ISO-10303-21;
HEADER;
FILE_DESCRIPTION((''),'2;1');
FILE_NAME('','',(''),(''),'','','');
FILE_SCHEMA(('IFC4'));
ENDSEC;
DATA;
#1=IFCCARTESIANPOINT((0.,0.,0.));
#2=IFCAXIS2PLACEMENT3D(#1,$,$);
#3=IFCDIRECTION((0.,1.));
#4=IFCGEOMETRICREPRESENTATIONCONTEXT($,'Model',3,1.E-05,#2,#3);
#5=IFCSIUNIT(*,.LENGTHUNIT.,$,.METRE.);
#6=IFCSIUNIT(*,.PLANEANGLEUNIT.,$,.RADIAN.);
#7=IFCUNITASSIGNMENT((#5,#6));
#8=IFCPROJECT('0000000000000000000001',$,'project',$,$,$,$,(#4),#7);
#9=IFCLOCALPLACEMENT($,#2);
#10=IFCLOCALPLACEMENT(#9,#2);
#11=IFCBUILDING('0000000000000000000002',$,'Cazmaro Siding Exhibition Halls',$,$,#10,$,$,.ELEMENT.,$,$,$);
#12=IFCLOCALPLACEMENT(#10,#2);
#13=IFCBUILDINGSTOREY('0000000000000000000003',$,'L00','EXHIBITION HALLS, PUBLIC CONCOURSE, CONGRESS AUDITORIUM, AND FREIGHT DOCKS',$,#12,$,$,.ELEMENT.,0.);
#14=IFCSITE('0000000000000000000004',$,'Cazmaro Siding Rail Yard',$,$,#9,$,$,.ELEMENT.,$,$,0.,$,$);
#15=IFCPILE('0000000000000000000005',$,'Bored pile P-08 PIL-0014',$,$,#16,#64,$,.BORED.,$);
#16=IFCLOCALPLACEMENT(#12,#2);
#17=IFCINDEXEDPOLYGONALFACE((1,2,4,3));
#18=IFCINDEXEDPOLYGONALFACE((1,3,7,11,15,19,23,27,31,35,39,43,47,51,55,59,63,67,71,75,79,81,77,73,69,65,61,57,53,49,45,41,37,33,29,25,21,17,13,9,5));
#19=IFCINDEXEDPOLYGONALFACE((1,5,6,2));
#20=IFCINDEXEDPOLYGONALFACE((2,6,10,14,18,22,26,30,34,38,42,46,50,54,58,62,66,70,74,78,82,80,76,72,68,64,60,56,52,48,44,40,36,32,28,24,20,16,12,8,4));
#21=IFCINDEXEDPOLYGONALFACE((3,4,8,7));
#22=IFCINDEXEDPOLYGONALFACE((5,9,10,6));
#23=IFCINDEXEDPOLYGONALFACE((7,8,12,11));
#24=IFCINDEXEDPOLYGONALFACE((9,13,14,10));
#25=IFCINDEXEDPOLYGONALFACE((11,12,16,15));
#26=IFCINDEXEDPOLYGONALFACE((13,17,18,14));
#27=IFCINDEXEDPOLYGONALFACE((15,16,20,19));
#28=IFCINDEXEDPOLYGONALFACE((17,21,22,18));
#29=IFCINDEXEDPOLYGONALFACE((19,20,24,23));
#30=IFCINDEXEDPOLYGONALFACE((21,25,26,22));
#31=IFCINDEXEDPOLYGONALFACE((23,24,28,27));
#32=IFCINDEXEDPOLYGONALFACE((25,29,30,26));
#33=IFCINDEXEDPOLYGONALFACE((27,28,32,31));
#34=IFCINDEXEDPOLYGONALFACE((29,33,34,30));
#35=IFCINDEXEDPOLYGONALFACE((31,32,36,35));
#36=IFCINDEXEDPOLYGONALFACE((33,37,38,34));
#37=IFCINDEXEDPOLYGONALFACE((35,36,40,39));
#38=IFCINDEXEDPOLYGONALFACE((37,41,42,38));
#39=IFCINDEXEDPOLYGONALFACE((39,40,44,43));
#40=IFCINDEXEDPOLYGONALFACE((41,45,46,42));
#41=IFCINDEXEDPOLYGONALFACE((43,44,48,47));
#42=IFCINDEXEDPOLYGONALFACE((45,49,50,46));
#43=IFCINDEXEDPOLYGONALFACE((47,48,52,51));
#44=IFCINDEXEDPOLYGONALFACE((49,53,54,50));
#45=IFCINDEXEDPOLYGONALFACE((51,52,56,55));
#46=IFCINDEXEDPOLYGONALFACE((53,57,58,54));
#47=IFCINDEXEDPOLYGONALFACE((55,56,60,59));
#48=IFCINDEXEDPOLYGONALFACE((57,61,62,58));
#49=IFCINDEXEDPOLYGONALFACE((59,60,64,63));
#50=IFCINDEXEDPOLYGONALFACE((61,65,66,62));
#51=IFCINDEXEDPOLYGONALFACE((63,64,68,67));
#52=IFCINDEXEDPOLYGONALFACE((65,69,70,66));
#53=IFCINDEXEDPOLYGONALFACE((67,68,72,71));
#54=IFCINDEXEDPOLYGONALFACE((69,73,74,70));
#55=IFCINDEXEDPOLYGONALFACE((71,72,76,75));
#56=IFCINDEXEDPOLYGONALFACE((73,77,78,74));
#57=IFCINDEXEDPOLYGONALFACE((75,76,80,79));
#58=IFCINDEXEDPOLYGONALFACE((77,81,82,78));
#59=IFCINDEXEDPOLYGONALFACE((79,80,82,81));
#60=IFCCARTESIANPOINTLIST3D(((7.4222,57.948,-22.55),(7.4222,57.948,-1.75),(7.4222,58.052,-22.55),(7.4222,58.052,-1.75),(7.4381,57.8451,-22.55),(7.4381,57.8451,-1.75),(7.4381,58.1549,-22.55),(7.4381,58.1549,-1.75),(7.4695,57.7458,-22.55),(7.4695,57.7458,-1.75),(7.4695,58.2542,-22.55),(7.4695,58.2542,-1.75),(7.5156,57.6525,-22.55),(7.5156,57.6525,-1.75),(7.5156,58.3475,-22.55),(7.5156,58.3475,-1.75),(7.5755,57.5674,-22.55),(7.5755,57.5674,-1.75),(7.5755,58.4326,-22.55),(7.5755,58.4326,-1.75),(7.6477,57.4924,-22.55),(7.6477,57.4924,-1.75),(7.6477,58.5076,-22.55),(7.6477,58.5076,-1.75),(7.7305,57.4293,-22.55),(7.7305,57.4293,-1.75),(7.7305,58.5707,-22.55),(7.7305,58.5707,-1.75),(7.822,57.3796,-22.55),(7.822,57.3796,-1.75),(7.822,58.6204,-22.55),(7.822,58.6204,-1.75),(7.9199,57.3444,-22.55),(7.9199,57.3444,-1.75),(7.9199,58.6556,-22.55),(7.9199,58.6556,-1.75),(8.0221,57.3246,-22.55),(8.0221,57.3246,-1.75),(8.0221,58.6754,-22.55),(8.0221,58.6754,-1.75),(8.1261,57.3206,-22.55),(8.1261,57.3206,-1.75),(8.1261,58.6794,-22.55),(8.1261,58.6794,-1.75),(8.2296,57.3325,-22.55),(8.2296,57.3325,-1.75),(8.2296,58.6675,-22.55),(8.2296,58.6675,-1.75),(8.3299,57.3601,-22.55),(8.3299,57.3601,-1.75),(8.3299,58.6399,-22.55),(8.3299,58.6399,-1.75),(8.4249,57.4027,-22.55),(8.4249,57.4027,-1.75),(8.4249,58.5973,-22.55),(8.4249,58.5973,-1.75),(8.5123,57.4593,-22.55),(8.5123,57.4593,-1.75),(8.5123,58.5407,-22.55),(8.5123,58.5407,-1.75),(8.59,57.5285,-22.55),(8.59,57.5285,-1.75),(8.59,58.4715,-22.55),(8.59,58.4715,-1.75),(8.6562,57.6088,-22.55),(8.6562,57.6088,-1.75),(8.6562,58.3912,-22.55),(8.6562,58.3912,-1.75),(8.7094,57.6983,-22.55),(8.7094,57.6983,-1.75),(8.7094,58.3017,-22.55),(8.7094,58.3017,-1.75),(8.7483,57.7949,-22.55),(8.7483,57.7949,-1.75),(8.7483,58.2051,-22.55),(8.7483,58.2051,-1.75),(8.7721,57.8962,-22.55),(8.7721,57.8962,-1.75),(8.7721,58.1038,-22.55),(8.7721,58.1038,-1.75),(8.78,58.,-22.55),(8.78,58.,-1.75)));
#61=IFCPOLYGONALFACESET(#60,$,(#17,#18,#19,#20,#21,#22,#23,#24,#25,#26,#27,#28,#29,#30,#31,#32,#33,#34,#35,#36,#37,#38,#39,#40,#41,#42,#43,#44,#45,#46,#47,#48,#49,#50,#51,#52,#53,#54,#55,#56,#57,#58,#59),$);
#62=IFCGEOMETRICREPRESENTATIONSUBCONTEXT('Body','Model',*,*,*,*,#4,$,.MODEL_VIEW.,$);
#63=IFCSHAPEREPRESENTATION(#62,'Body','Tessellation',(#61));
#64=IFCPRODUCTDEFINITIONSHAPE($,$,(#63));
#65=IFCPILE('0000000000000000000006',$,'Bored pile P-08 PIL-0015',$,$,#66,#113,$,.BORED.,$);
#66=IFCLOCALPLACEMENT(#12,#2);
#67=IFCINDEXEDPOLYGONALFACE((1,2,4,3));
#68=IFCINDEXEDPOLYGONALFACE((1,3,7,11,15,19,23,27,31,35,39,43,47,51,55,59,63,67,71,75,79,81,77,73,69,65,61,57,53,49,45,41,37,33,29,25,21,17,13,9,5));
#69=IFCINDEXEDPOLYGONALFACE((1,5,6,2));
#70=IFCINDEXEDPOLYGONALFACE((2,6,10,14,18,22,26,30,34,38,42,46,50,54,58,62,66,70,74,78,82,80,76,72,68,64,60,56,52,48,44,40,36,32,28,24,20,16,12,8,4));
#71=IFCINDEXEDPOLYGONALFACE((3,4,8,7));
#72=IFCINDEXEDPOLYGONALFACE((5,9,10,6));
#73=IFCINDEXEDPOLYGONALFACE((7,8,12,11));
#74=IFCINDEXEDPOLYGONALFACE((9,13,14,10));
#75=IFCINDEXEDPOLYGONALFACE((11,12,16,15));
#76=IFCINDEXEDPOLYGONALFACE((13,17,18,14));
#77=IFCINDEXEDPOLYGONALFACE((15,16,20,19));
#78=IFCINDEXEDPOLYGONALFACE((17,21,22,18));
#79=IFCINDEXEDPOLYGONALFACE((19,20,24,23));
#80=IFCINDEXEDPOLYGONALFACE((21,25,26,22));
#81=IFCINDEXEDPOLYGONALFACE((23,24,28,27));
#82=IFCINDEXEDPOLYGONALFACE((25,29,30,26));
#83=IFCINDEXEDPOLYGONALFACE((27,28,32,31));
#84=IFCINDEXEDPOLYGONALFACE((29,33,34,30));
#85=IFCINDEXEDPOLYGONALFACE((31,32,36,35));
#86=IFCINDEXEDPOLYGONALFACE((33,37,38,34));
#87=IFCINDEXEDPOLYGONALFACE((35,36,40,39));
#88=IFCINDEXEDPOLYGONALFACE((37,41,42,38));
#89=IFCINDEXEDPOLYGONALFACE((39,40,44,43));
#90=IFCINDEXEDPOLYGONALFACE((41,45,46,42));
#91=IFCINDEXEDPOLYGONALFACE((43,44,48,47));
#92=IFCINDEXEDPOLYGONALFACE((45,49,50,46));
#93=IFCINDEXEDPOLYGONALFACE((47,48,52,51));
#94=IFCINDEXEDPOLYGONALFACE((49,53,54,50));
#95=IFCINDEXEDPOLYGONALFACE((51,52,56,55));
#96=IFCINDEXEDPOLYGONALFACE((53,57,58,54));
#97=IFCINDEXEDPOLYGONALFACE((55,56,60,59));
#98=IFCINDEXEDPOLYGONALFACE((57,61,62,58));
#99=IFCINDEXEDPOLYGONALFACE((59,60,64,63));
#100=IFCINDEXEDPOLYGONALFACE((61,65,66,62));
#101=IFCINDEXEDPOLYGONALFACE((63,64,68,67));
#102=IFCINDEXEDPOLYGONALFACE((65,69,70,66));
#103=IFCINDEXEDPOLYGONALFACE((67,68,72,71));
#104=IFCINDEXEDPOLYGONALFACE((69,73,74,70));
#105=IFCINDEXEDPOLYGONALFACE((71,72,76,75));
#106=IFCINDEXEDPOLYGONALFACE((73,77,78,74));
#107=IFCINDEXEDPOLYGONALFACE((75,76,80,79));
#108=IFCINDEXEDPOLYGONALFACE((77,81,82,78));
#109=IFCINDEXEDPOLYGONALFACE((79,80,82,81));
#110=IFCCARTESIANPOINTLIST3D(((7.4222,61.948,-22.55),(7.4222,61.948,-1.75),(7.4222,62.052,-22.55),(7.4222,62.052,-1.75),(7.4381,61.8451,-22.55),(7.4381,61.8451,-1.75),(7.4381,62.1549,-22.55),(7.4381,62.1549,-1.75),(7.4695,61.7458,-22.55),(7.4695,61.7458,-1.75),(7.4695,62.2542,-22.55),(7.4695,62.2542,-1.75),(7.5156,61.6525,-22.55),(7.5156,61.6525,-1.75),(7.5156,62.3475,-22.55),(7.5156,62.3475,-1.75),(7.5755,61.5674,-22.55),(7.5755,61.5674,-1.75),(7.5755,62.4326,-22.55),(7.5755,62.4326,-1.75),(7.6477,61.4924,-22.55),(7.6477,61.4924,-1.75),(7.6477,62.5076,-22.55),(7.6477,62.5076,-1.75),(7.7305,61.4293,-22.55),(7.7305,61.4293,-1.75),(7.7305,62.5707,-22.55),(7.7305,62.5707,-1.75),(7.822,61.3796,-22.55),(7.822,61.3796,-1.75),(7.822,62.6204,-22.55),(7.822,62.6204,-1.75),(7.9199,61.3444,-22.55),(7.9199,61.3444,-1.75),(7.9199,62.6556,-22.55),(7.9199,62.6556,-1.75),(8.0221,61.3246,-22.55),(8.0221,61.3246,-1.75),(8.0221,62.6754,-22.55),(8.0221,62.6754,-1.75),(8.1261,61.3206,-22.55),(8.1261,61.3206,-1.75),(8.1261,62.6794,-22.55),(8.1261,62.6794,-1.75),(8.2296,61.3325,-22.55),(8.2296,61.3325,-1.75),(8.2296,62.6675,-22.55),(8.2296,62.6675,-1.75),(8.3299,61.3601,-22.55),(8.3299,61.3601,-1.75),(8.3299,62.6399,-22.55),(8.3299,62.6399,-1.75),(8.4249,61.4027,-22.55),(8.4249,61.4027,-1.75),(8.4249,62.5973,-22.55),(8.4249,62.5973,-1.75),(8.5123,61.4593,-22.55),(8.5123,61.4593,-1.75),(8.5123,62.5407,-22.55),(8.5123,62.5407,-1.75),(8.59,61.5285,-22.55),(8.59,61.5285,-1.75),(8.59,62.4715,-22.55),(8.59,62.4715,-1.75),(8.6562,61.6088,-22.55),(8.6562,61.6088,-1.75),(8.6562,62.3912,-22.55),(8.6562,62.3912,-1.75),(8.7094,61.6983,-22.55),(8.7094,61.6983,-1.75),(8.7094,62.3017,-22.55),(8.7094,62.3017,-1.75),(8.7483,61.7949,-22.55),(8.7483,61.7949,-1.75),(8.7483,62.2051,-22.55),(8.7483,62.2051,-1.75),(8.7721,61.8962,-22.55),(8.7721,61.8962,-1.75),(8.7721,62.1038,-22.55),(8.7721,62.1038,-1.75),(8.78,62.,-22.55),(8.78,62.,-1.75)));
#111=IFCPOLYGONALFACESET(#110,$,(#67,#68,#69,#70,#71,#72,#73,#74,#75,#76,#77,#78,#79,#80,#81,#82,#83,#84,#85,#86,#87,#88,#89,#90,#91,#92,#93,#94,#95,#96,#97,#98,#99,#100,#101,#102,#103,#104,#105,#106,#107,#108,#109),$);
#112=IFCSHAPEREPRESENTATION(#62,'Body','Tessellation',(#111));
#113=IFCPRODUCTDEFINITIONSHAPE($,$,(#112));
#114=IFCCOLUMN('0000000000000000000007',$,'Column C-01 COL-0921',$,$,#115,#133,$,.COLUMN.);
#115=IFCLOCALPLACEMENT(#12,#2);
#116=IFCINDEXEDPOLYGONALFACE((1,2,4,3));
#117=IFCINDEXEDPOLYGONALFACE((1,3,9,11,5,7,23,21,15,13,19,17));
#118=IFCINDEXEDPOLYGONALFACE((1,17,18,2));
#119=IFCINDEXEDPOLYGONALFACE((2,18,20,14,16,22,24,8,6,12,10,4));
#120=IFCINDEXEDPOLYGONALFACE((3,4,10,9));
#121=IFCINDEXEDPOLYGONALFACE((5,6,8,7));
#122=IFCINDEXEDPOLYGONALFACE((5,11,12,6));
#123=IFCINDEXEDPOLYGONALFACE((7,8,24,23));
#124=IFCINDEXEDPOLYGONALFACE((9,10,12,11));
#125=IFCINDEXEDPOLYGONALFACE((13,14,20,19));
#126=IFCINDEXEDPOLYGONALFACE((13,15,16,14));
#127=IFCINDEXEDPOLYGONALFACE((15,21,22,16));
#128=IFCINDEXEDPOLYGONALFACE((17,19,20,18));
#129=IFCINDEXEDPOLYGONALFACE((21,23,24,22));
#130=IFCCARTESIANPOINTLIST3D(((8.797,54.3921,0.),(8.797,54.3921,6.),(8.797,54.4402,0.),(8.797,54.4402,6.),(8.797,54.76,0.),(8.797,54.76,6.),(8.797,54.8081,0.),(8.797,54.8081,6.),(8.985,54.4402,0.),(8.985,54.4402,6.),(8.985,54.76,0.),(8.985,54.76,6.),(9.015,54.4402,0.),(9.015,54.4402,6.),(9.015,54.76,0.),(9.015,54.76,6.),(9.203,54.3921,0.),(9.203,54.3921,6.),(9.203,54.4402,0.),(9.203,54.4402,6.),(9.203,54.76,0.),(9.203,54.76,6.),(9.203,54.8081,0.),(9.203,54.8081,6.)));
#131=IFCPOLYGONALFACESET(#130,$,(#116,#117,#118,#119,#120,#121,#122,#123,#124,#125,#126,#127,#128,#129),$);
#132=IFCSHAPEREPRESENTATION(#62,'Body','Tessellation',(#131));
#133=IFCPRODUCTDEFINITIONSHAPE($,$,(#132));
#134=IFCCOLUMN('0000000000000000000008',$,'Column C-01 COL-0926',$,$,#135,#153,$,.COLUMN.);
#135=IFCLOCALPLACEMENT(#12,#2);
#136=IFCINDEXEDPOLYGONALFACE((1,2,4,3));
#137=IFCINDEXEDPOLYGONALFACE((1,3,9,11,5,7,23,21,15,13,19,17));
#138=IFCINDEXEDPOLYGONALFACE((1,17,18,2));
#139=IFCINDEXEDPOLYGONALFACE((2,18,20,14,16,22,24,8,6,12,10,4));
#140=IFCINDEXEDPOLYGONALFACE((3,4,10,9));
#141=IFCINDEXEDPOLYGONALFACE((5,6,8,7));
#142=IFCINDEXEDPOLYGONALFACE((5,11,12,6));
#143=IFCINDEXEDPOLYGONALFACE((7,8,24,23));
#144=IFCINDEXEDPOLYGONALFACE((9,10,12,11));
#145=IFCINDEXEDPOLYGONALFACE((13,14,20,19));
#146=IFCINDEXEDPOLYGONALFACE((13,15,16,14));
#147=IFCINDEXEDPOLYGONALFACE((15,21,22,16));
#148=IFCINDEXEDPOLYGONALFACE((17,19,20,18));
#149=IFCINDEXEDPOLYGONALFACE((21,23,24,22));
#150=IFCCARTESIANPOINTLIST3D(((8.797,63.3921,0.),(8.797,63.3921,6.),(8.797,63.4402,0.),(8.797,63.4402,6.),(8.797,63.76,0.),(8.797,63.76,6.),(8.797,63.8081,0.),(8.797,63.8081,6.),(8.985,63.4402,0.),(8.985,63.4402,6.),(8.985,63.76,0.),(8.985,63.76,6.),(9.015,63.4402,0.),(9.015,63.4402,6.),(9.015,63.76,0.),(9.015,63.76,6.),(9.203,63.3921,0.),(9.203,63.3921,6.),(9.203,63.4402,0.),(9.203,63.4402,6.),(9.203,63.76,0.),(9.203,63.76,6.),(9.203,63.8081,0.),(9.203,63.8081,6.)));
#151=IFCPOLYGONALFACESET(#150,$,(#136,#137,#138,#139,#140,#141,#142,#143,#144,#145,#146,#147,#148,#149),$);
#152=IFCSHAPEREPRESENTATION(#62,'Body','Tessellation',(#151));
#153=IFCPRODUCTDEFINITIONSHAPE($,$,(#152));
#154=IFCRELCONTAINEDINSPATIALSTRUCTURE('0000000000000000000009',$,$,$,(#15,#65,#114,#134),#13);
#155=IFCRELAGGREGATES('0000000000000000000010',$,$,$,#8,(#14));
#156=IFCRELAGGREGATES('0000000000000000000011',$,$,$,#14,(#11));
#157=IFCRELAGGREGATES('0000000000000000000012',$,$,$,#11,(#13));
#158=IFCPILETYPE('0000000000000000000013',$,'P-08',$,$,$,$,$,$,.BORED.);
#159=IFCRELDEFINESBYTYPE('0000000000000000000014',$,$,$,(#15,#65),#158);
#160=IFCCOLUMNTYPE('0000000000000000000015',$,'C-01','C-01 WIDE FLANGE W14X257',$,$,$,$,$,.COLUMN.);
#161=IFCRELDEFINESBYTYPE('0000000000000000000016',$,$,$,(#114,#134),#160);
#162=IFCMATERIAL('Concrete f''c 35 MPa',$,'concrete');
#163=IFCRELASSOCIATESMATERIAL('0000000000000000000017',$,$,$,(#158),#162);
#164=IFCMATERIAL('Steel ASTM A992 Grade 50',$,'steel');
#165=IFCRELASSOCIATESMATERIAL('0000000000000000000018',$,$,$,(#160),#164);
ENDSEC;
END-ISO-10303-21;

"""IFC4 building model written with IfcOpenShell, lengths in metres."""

from ifc_helpers import new_model, si_unit, direction, frame, origin, origin_2d, place, context, subcontext, project, spatial, circle, i_section, extrude, material, material_profile, profile_set, type_object, element, save


model = new_model("IFC4")

# Units and contexts
model_context = context("Model", 3, precision=1e-05, world=origin(), true_north=direction((0.0, 1.0)))
body_context = subcontext(model_context, "Body", "Model", "MODEL_VIEW")
ifc_project = project(units=[si_unit("LENGTHUNIT", "METRE"), si_unit("PLANEANGLEUNIT", "RADIAN")], contexts=[model_context])

# Site, building, storey
site_placement = place(None, origin())
site = spatial("IfcSite", under=ifc_project, at=site_placement, Name="Cazmaro Siding Rail Yard", CompositionType="ELEMENT", RefElevation=0.0)
building_placement = place(site_placement, origin())
building = spatial("IfcBuilding", under=site, at=building_placement, Name="Cazmaro Siding Exhibition Halls", CompositionType="ELEMENT")
storey_placement = place(building_placement, origin())
storey = spatial("IfcBuildingStorey", under=building, at=storey_placement, Name="L00", Description="EXHIBITION HALLS, PUBLIC CONCOURSE, CONGRESS AUDITORIUM, AND FREIGHT DOCKS", CompositionType="ELEMENT", Elevation=0.0)

# Piles
ifc_material_1 = material(Name="Concrete f'c 35 MPa", Category="concrete")
ifc_material_profile_1 = material_profile(ifc_material_1, circle(Radius=0.6799, at=origin_2d()), Name="CIDH-1360")
ifc_profile_set_1 = profile_set([ifc_material_profile_1], Name="Concrete f'c 35 MPa")
pile_type = type_object("IfcPileType", Name="P-08", PredefinedType="BORED", material=ifc_profile_set_1)
for number, where, z_axis, x_axis, name in (
    (1, (8.1001, 58.0, -1.75), (0.0, 0.0, -1.0), (1.0, 0.0, 0.0), "Bored pile P-08 PIL-0014"),
    (2, (8.1001, 62.0, -1.75), (0.0, 0.0, -1.0), (1.0, 0.0, 0.0), "Bored pile P-08 PIL-0015"),
):
    element("IfcPile", number, at=place(storey_placement, frame(where, z_axis=z_axis, x_axis=x_axis)), inside=storey, type_object=pile_type, Name=name, PredefinedType="BORED", context=body_context, shape_type="SweptSolid", body=[
        extrude(circle(Radius=0.6799, at=origin_2d()), origin(), (0.0, 0.0, 1.0), 20.8),
    ])

# Columns
ifc_material_2 = material(Name="Steel ASTM A992 Grade 50", Category="steel")
ifc_material_profile_2 = material_profile(ifc_material_2, i_section(OverallWidth=0.406, OverallDepth=0.416, WebThickness=0.03, FlangeThickness=0.0481, at=origin_2d()), Name="W14X257")
ifc_profile_set_2 = profile_set([ifc_material_profile_2], Name="Steel ASTM A992 Grade 50")
column_type = type_object("IfcColumnType", Name="C-01", Description="C-01 WIDE FLANGE W14X257", PredefinedType="COLUMN", material=ifc_profile_set_2)
for number, where, z_axis, x_axis, name in (
    (3, (9.0, 54.6001, 0.0), (0.0, 0.0, 1.0), (1.0, 0.0, 0.0), "Column C-01 COL-0921"),
    (4, (9.0, 63.6001, 0.0), (0.0, 0.0, 1.0), (1.0, 0.0, 0.0), "Column C-01 COL-0926"),
):
    element("IfcColumn", number, at=place(storey_placement, frame(where, z_axis=z_axis, x_axis=x_axis)), inside=storey, type_object=column_type, Name=name, PredefinedType="COLUMN", context=body_context, shape_type="SweptSolid", body=[
        extrude(i_section(OverallWidth=0.406, OverallDepth=0.416, WebThickness=0.03, FlangeThickness=0.0481, at=origin_2d()), origin(), (0.0, 0.0, 1.0), 6.0),
    ])

save(model, "model.ifc")
